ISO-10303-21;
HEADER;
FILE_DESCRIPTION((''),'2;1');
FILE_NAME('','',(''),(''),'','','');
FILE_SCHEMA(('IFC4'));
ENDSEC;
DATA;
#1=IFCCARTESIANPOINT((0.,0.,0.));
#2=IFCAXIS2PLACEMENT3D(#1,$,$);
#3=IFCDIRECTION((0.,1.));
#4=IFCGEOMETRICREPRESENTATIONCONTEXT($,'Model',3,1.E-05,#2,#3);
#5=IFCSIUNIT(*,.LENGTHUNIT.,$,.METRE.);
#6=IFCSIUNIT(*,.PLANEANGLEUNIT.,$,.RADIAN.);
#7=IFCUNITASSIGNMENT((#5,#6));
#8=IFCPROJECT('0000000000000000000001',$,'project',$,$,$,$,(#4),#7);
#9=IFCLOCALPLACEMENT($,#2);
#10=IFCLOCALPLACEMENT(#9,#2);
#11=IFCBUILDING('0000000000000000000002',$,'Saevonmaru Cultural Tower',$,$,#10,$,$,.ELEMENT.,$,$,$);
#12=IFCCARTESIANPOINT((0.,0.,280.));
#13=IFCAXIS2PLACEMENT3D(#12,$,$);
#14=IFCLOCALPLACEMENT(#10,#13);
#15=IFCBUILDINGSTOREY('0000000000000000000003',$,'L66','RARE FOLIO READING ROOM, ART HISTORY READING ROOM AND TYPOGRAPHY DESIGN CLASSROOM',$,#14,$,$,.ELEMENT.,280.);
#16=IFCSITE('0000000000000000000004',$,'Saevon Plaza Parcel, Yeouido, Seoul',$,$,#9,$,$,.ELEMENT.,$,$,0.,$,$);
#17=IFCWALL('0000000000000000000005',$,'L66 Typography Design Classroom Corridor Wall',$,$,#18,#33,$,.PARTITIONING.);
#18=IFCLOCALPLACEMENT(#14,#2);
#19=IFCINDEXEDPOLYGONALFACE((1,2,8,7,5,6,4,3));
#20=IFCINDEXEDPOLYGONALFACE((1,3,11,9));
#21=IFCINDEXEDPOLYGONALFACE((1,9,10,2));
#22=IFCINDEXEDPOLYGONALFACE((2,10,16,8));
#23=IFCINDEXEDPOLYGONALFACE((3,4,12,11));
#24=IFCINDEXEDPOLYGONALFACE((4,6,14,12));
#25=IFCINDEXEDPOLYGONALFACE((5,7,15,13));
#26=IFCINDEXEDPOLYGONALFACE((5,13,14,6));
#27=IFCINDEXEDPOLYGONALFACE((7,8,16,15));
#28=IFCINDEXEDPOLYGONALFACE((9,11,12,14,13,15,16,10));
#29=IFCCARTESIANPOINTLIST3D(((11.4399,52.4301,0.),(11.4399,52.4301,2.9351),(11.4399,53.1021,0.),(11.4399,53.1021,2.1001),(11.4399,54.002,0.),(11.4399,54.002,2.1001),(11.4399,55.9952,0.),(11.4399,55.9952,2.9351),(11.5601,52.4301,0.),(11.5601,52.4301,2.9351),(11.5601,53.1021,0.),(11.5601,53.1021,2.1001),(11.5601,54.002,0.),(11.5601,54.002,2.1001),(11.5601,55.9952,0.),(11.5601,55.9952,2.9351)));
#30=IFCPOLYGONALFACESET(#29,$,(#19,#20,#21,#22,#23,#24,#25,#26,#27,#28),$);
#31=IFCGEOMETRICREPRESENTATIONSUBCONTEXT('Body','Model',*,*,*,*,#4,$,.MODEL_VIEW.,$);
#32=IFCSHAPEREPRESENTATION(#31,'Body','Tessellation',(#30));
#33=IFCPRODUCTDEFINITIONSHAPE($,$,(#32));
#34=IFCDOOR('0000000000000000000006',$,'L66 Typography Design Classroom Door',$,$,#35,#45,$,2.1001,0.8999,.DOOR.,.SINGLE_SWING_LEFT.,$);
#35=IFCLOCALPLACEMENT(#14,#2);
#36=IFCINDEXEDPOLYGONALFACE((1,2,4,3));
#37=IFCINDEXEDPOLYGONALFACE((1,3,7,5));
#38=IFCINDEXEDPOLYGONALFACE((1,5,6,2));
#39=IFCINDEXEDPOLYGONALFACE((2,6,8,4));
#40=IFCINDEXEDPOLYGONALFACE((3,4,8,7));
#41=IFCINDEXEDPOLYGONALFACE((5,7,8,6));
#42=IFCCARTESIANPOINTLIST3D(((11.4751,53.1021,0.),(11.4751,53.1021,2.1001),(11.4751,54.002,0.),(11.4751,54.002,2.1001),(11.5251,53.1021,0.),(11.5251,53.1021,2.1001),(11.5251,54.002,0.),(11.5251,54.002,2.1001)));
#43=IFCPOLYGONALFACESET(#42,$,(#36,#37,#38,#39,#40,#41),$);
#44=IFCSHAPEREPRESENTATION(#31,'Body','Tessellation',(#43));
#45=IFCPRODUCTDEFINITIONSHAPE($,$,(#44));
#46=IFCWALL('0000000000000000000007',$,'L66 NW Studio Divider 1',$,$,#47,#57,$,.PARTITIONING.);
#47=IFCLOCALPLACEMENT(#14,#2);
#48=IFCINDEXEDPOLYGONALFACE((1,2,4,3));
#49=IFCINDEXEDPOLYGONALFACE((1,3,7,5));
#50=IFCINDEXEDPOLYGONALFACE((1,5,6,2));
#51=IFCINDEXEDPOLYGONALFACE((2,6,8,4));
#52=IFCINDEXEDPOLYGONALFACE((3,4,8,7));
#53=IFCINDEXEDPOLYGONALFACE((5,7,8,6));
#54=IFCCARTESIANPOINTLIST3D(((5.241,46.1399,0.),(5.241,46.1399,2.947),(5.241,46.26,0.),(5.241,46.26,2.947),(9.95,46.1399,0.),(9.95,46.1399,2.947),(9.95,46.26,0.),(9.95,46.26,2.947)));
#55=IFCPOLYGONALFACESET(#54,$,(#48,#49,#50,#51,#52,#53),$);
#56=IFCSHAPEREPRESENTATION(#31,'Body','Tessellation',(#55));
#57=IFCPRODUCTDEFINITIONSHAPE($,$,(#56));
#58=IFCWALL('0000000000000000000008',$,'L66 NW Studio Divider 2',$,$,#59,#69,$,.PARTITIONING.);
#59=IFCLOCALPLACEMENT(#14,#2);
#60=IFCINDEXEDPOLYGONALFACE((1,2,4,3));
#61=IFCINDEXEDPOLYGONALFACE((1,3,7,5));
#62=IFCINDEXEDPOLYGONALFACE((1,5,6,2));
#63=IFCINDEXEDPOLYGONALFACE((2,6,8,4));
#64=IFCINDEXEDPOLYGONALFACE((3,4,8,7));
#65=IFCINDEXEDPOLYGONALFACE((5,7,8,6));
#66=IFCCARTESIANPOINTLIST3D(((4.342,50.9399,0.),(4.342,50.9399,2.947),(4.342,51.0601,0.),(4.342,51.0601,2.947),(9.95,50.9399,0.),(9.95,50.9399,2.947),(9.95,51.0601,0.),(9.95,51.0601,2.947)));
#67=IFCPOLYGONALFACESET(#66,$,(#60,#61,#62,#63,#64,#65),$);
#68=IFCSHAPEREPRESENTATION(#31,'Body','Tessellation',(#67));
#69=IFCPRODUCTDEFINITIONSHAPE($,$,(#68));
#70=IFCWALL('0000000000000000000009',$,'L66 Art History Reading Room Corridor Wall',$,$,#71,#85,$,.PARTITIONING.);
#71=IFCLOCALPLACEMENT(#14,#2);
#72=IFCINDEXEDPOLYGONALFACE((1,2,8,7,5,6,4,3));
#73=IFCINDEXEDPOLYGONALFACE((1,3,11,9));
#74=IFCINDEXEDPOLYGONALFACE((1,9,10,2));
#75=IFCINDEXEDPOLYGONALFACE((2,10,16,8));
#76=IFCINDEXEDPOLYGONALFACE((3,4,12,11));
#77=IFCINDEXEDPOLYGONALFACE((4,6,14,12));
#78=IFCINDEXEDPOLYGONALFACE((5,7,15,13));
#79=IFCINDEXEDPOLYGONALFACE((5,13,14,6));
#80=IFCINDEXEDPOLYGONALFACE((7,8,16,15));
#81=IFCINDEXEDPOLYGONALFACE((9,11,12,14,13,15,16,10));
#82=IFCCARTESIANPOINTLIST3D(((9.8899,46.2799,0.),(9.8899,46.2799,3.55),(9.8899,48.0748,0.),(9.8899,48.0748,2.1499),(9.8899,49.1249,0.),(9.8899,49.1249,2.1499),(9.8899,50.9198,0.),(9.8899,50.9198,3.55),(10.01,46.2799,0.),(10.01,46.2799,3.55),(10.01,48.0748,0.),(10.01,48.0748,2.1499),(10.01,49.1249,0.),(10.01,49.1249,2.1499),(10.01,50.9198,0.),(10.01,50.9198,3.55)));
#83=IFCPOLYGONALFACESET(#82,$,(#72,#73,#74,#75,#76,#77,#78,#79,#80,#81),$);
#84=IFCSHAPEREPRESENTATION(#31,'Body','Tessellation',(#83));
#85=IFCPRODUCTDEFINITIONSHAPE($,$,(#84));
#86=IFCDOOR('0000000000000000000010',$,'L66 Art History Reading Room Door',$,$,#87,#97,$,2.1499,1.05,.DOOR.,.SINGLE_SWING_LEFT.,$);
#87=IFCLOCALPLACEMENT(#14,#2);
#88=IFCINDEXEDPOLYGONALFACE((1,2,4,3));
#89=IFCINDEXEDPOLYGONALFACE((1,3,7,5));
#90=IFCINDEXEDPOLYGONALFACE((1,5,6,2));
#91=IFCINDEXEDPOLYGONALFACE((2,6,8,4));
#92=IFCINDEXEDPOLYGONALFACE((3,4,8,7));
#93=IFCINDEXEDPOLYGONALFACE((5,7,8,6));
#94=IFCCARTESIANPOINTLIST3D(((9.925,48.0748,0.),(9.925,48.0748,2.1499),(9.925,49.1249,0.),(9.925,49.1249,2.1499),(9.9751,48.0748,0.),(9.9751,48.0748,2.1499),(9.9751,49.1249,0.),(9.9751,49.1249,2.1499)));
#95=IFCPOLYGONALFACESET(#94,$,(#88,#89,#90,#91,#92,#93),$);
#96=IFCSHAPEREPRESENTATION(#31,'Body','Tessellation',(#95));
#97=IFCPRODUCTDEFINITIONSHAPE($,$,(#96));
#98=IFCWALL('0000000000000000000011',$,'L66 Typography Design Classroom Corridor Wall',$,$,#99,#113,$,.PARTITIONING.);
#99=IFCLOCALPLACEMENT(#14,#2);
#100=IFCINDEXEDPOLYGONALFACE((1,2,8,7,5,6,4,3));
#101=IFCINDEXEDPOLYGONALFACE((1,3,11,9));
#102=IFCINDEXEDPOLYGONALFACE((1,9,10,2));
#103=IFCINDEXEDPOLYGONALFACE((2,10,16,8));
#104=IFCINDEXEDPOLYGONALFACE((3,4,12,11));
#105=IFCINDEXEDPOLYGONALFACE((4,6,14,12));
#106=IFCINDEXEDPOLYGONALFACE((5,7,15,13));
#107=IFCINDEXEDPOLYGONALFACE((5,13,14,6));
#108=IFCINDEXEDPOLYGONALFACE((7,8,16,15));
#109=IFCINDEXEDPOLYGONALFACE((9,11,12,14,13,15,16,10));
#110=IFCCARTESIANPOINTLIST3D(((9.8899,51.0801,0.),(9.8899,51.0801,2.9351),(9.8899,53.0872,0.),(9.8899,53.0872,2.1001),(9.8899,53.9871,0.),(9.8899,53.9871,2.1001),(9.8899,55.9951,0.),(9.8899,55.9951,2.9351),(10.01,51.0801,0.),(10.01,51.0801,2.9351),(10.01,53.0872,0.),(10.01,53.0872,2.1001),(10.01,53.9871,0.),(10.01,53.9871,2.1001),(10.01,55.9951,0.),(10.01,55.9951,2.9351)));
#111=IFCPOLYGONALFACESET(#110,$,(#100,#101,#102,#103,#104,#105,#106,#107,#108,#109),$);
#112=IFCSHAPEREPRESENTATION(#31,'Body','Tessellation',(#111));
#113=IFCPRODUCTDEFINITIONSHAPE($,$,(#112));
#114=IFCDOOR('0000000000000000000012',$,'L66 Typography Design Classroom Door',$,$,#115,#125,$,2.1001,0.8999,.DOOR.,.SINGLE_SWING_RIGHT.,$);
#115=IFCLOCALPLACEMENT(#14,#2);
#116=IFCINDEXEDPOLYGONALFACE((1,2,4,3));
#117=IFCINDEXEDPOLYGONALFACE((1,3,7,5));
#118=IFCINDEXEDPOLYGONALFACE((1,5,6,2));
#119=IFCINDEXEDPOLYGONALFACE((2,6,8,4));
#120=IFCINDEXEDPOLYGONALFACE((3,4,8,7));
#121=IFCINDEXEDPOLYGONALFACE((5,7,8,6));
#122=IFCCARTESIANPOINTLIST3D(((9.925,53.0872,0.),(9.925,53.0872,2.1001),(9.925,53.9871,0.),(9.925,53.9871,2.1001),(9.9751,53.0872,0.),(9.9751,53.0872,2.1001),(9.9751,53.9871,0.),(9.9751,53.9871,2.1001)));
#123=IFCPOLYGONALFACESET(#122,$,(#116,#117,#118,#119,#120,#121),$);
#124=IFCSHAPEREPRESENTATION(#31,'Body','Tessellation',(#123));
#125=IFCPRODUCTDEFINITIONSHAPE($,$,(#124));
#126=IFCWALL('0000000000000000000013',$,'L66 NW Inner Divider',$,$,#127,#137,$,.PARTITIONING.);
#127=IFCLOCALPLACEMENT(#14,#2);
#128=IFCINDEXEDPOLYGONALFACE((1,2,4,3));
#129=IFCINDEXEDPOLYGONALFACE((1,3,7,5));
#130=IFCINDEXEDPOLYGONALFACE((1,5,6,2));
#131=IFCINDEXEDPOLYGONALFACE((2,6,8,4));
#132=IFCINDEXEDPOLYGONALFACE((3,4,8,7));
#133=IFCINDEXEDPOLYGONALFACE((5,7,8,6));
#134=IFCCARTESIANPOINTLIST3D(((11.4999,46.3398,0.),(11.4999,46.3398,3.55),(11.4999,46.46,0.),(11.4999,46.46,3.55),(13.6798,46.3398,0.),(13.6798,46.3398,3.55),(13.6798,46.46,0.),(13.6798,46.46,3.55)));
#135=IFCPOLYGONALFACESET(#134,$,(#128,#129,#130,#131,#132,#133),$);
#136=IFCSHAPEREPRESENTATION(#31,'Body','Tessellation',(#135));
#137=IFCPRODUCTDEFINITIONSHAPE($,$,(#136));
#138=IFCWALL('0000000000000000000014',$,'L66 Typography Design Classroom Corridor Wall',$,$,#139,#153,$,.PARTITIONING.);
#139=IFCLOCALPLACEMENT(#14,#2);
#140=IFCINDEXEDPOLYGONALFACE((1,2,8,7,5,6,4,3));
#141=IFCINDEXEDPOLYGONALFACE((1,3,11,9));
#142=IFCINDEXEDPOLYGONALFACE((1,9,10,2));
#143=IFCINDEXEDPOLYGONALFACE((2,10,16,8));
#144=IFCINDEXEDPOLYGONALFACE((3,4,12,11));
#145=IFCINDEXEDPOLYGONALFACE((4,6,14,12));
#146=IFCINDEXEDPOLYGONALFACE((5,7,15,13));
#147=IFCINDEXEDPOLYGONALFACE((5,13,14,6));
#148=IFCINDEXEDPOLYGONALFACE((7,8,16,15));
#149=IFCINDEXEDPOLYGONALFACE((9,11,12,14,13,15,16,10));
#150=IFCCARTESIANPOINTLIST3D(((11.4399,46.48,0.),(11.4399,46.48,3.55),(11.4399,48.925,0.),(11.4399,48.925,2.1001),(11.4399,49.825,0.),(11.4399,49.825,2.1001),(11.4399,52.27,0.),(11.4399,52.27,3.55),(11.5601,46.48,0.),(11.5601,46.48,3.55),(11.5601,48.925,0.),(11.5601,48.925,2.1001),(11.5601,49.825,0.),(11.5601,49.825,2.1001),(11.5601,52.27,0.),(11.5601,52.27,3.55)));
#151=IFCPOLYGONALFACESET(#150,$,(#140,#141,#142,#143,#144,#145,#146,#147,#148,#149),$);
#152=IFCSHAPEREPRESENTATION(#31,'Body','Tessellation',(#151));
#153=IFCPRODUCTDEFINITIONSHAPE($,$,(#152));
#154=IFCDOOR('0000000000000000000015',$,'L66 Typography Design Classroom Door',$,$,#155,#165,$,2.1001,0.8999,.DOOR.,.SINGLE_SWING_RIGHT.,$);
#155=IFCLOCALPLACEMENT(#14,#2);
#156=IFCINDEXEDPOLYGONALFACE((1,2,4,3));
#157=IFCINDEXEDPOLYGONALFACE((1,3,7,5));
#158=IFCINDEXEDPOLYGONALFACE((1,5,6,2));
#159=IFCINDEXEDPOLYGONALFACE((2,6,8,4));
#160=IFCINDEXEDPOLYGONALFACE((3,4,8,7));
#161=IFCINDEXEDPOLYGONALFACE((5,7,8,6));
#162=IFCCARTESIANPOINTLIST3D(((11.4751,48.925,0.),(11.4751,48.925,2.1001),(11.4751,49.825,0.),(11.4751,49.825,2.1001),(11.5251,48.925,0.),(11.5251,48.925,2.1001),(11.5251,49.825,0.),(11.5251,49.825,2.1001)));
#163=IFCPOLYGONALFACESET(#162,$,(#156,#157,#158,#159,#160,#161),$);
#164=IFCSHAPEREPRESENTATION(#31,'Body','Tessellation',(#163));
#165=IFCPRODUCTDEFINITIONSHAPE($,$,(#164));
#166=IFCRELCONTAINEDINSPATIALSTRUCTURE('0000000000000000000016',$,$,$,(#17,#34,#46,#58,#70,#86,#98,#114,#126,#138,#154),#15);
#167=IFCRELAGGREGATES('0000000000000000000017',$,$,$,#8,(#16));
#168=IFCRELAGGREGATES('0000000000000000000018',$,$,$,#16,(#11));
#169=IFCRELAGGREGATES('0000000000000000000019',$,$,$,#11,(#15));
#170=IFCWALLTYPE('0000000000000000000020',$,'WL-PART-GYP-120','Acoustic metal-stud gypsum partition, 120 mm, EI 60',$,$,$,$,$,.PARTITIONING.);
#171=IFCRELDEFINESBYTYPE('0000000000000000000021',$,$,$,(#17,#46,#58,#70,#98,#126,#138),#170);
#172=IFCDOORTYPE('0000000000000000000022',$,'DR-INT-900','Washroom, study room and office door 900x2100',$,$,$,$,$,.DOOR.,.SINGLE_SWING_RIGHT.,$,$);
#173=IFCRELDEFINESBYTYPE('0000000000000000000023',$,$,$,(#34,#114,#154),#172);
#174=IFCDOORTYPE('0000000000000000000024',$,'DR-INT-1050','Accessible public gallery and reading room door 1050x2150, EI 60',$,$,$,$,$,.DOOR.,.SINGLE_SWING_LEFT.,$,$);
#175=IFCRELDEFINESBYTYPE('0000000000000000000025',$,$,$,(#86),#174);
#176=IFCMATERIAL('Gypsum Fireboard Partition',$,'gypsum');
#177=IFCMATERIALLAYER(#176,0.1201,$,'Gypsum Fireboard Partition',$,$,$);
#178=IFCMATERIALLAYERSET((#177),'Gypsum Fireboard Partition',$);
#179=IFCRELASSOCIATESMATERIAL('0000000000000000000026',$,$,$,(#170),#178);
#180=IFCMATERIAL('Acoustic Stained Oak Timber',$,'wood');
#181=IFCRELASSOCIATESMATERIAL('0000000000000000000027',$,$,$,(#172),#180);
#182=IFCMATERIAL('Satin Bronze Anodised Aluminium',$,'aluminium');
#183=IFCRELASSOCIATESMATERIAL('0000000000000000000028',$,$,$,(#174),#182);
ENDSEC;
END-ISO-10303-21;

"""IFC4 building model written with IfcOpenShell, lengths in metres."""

from ifc_helpers import new_model, si_unit, direction, frame, frame_2d, origin, place, context, subcontext, project, spatial, rectangle, extrude, material, layer, layer_set, type_object, element, fill, save


model = new_model("IFC4")

# Units and contexts
model_context = context("Model", 3, precision=1e-05, world=origin(), true_north=direction((0.0, 1.0)))
body_context = subcontext(model_context, "Body", "Model", "MODEL_VIEW")
ifc_project = project(units=[si_unit("LENGTHUNIT", "METRE"), si_unit("PLANEANGLEUNIT", "RADIAN")], contexts=[model_context])

# Site, building, storey
site_placement = place(None, origin())
site = spatial("IfcSite", under=ifc_project, at=site_placement, Name="Saevon Plaza Parcel, Yeouido, Seoul", CompositionType="ELEMENT", RefElevation=0.0)
building_placement = place(site_placement, origin())
building = spatial("IfcBuilding", under=site, at=building_placement, Name="Saevonmaru Cultural Tower", CompositionType="ELEMENT")
storey_placement = place(building_placement, frame((0.0, 0.0, 280.0)))
storey = spatial("IfcBuildingStorey", under=building, at=storey_placement, Name="L66", Description="RARE FOLIO READING ROOM, ART HISTORY READING ROOM AND TYPOGRAPHY DESIGN CLASSROOM", CompositionType="ELEMENT", Elevation=280.0)

# Shared definitions
ifc_material_1 = material(Name="Satin Bronze Anodised Aluminium", Category="aluminium")

# Shared definitions
ifc_material_2 = material(Name="Gypsum Fireboard Partition", Category="gypsum")
ifc_layer_1 = layer(ifc_material_2, 0.1201, Name="Gypsum Fireboard Partition")
ifc_layer_set_1 = layer_set([ifc_layer_1], Name="Gypsum Fireboard Partition")
wall_type_1 = type_object("IfcWallType", Name="WL-PART-GYP-120", Description="Acoustic metal-stud gypsum partition, 120 mm, EI 60", PredefinedType="PARTITIONING", material=ifc_layer_set_1)

# Wall, opening, door
wall_1_placement = place(storey_placement, frame((11.5, 52.4299, 0.0), z_axis=(0.0, 0.0, 1.0), x_axis=(0.0, 1.0, 0.0)))
wall_1 = element("IfcWall", 1, at=wall_1_placement, inside=storey, type_object=wall_type_1, Name="L66 Typography Design Classroom Corridor Wall", PredefinedType="PARTITIONING", context=body_context, shape_type="SweptSolid", body=[
    extrude(rectangle(XDim=3.5652, YDim=0.1201, at=frame_2d((1.7827, 0.0))), origin(), (0.0, 0.0, 1.0), 2.9351),
])
opening_1_placement = place(wall_1_placement, frame((0.6721, 0.0, 0.0)))
opening_1 = element("IfcOpeningElement", 2, at=opening_1_placement, cuts=wall_1, PredefinedType="OPENING", context=body_context, shape_type="SweptSolid", body=[
    extrude(rectangle(XDim=0.8999, YDim=2.1001, at=frame_2d((0.45, 1.05))), frame((0.0, 0.0701, 0.0), z_axis=(0.0, -1.0, 0.0), x_axis=(1.0, 0.0, 0.0)), (0.0, 0.0, 1.0), 0.1401),
])
ifc_material_3 = material(Name="Acoustic Stained Oak Timber", Category="wood")
door_type_1 = type_object("IfcDoorType", Name="DR-INT-900", Description="Washroom, study room and office door 900x2100", OperationType="SINGLE_SWING_RIGHT", PredefinedType="DOOR", material=ifc_material_3)
door_1_placement = place(opening_1_placement, origin())
door_1 = element("IfcDoor", 3, at=door_1_placement, inside=storey, type_object=door_type_1, Name="L66 Typography Design Classroom Door", OperationType="SINGLE_SWING_LEFT", OverallHeight=2.1001, OverallWidth=0.8999, PredefinedType="DOOR", context=body_context, shape_type="SweptSolid", body=[
    extrude(rectangle(XDim=0.8999, YDim=2.1001, at=frame_2d((0.45, 1.05))), frame((0.0, 0.0249, 0.0), z_axis=(0.0, -1.0, 0.0), x_axis=(1.0, 0.0, 0.0)), (0.0, 0.0, 1.0), 0.05),
])
fill(opening_1, door_1)

# Walls
wall_2_placement = place(storey_placement, frame((5.241, 46.2, 0.0), z_axis=(0.0, 0.0, 1.0), x_axis=(1.0, 0.0, 0.0)))
element("IfcWall", 4, at=wall_2_placement, inside=storey, type_object=wall_type_1, Name="L66 NW Studio Divider 1", PredefinedType="PARTITIONING", context=body_context, shape_type="SweptSolid", body=[
    extrude(rectangle(XDim=4.709, YDim=0.1201, at=frame_2d((2.3545, 0.0))), origin(), (0.0, 0.0, 1.0), 2.947),
])
wall_3_placement = place(storey_placement, frame((4.342, 51.0, 0.0), z_axis=(0.0, 0.0, 1.0), x_axis=(1.0, 0.0, 0.0)))
element("IfcWall", 5, at=wall_3_placement, inside=storey, type_object=wall_type_1, Name="L66 NW Studio Divider 2", PredefinedType="PARTITIONING", context=body_context, shape_type="SweptSolid", body=[
    extrude(rectangle(XDim=5.6079, YDim=0.1201, at=frame_2d((2.804, 0.0))), origin(), (0.0, 0.0, 1.0), 2.947),
])

# Walls, openings, doors
wall_4_placement = place(storey_placement, frame((9.95, 46.28, 0.0), z_axis=(0.0, 0.0, 1.0), x_axis=(0.0, 1.0, 0.0)))
wall_4 = element("IfcWall", 6, at=wall_4_placement, inside=storey, type_object=wall_type_1, Name="L66 Art History Reading Room Corridor Wall", PredefinedType="PARTITIONING", context=body_context, shape_type="SweptSolid", body=[
    extrude(rectangle(XDim=4.6399, YDim=0.1201, at=frame_2d((2.3198, 0.0))), origin(), (0.0, 0.0, 1.0), 3.55),
])
opening_2_placement = place(wall_4_placement, frame((1.7949, 0.0, 0.0)))
opening_2 = element("IfcOpeningElement", 7, at=opening_2_placement, cuts=wall_4, PredefinedType="OPENING", context=body_context, shape_type="SweptSolid", body=[
    extrude(rectangle(XDim=1.05, YDim=2.1499, at=frame_2d((0.5249, 1.075))), frame((0.0, 0.0701, 0.0), z_axis=(0.0, -1.0, 0.0), x_axis=(1.0, 0.0, 0.0)), (0.0, 0.0, 1.0), 0.1401),
])
door_type_2 = type_object("IfcDoorType", Name="DR-INT-1050", Description="Accessible public gallery and reading room door 1050x2150, EI 60", OperationType="SINGLE_SWING_LEFT", PredefinedType="DOOR", material=ifc_material_1)
door_2_placement = place(opening_2_placement, origin())
door_2 = element("IfcDoor", 8, at=door_2_placement, inside=storey, type_object=door_type_2, Name="L66 Art History Reading Room Door", OperationType="SINGLE_SWING_LEFT", OverallHeight=2.1499, OverallWidth=1.05, PredefinedType="DOOR", context=body_context, shape_type="SweptSolid", body=[
    extrude(rectangle(XDim=1.05, YDim=2.1499, at=frame_2d((0.5249, 1.075))), frame((0.0, 0.0249, 0.0), z_axis=(0.0, -1.0, 0.0), x_axis=(1.0, 0.0, 0.0)), (0.0, 0.0, 1.0), 0.05),
])
fill(opening_2, door_2)
wall_5_placement = place(storey_placement, frame((9.95, 51.0801, 0.0), z_axis=(0.0, 0.0, 1.0), x_axis=(0.0, 1.0, 0.0)))
wall_5 = element("IfcWall", 9, at=wall_5_placement, inside=storey, type_object=wall_type_1, Name="L66 Typography Design Classroom Corridor Wall", PredefinedType="PARTITIONING", context=body_context, shape_type="SweptSolid", body=[
    extrude(rectangle(XDim=4.915, YDim=0.1201, at=frame_2d((2.4575, 0.0))), origin(), (0.0, 0.0, 1.0), 2.9351),
])
opening_3_placement = place(wall_5_placement, frame((2.0071, 0.0, 0.0)))
opening_3 = element("IfcOpeningElement", 10, at=opening_3_placement, cuts=wall_5, PredefinedType="OPENING", context=body_context, shape_type="SweptSolid", body=[
    extrude(rectangle(XDim=0.8999, YDim=2.1001, at=frame_2d((0.45, 1.05))), frame((0.0, 0.0701, 0.0), z_axis=(0.0, -1.0, 0.0), x_axis=(1.0, 0.0, 0.0)), (0.0, 0.0, 1.0), 0.1401),
])
door_3_placement = place(opening_3_placement, origin())
door_3 = element("IfcDoor", 11, at=door_3_placement, inside=storey, type_object=door_type_1, Name="L66 Typography Design Classroom Door", OperationType="SINGLE_SWING_RIGHT", OverallHeight=2.1001, OverallWidth=0.8999, PredefinedType="DOOR", context=body_context, shape_type="SweptSolid", body=[
    extrude(rectangle(XDim=0.8999, YDim=2.1001, at=frame_2d((0.45, 1.05))), frame((0.0, 0.0249, 0.0), z_axis=(0.0, -1.0, 0.0), x_axis=(1.0, 0.0, 0.0)), (0.0, 0.0, 1.0), 0.05),
])
fill(opening_3, door_3)

# Wall
wall_6_placement = place(storey_placement, frame((11.5, 46.3999, 0.0), z_axis=(0.0, 0.0, 1.0), x_axis=(1.0, 0.0, 0.0)))
element("IfcWall", 12, at=wall_6_placement, inside=storey, type_object=wall_type_1, Name="L66 NW Inner Divider", PredefinedType="PARTITIONING", context=body_context, shape_type="SweptSolid", body=[
    extrude(rectangle(XDim=2.1799, YDim=0.1201, at=frame_2d((1.0898, 0.0))), origin(), (0.0, 0.0, 1.0), 3.55),
])

# Wall, opening, door
wall_7_placement = place(storey_placement, frame((11.5, 46.48, 0.0), z_axis=(0.0, 0.0, 1.0), x_axis=(0.0, 1.0, 0.0)))
wall_7 = element("IfcWall", 13, at=wall_7_placement, inside=storey, type_object=wall_type_1, Name="L66 Typography Design Classroom Corridor Wall", PredefinedType="PARTITIONING", context=body_context, shape_type="SweptSolid", body=[
    extrude(rectangle(XDim=5.79, YDim=0.1201, at=frame_2d((2.895, 0.0))), origin(), (0.0, 0.0, 1.0), 3.55),
])
opening_4_placement = place(wall_7_placement, frame((2.4451, 0.0, 0.0)))
opening_4 = element("IfcOpeningElement", 14, at=opening_4_placement, cuts=wall_7, PredefinedType="OPENING", context=body_context, shape_type="SweptSolid", body=[
    extrude(rectangle(XDim=0.8999, YDim=2.1001, at=frame_2d((0.45, 1.05))), frame((0.0, 0.0701, 0.0), z_axis=(0.0, -1.0, 0.0), x_axis=(1.0, 0.0, 0.0)), (0.0, 0.0, 1.0), 0.1401),
])
door_4_placement = place(opening_4_placement, origin())
door_4 = element("IfcDoor", 15, at=door_4_placement, inside=storey, type_object=door_type_1, Name="L66 Typography Design Classroom Door", OperationType="SINGLE_SWING_RIGHT", OverallHeight=2.1001, OverallWidth=0.8999, PredefinedType="DOOR", context=body_context, shape_type="SweptSolid", body=[
    extrude(rectangle(XDim=0.8999, YDim=2.1001, at=frame_2d((0.45, 1.05))), frame((0.0, 0.0249, 0.0), z_axis=(0.0, -1.0, 0.0), x_axis=(1.0, 0.0, 0.0)), (0.0, 0.0, 1.0), 0.05),
])
fill(opening_4, door_4)

save(model, "model.ifc")
